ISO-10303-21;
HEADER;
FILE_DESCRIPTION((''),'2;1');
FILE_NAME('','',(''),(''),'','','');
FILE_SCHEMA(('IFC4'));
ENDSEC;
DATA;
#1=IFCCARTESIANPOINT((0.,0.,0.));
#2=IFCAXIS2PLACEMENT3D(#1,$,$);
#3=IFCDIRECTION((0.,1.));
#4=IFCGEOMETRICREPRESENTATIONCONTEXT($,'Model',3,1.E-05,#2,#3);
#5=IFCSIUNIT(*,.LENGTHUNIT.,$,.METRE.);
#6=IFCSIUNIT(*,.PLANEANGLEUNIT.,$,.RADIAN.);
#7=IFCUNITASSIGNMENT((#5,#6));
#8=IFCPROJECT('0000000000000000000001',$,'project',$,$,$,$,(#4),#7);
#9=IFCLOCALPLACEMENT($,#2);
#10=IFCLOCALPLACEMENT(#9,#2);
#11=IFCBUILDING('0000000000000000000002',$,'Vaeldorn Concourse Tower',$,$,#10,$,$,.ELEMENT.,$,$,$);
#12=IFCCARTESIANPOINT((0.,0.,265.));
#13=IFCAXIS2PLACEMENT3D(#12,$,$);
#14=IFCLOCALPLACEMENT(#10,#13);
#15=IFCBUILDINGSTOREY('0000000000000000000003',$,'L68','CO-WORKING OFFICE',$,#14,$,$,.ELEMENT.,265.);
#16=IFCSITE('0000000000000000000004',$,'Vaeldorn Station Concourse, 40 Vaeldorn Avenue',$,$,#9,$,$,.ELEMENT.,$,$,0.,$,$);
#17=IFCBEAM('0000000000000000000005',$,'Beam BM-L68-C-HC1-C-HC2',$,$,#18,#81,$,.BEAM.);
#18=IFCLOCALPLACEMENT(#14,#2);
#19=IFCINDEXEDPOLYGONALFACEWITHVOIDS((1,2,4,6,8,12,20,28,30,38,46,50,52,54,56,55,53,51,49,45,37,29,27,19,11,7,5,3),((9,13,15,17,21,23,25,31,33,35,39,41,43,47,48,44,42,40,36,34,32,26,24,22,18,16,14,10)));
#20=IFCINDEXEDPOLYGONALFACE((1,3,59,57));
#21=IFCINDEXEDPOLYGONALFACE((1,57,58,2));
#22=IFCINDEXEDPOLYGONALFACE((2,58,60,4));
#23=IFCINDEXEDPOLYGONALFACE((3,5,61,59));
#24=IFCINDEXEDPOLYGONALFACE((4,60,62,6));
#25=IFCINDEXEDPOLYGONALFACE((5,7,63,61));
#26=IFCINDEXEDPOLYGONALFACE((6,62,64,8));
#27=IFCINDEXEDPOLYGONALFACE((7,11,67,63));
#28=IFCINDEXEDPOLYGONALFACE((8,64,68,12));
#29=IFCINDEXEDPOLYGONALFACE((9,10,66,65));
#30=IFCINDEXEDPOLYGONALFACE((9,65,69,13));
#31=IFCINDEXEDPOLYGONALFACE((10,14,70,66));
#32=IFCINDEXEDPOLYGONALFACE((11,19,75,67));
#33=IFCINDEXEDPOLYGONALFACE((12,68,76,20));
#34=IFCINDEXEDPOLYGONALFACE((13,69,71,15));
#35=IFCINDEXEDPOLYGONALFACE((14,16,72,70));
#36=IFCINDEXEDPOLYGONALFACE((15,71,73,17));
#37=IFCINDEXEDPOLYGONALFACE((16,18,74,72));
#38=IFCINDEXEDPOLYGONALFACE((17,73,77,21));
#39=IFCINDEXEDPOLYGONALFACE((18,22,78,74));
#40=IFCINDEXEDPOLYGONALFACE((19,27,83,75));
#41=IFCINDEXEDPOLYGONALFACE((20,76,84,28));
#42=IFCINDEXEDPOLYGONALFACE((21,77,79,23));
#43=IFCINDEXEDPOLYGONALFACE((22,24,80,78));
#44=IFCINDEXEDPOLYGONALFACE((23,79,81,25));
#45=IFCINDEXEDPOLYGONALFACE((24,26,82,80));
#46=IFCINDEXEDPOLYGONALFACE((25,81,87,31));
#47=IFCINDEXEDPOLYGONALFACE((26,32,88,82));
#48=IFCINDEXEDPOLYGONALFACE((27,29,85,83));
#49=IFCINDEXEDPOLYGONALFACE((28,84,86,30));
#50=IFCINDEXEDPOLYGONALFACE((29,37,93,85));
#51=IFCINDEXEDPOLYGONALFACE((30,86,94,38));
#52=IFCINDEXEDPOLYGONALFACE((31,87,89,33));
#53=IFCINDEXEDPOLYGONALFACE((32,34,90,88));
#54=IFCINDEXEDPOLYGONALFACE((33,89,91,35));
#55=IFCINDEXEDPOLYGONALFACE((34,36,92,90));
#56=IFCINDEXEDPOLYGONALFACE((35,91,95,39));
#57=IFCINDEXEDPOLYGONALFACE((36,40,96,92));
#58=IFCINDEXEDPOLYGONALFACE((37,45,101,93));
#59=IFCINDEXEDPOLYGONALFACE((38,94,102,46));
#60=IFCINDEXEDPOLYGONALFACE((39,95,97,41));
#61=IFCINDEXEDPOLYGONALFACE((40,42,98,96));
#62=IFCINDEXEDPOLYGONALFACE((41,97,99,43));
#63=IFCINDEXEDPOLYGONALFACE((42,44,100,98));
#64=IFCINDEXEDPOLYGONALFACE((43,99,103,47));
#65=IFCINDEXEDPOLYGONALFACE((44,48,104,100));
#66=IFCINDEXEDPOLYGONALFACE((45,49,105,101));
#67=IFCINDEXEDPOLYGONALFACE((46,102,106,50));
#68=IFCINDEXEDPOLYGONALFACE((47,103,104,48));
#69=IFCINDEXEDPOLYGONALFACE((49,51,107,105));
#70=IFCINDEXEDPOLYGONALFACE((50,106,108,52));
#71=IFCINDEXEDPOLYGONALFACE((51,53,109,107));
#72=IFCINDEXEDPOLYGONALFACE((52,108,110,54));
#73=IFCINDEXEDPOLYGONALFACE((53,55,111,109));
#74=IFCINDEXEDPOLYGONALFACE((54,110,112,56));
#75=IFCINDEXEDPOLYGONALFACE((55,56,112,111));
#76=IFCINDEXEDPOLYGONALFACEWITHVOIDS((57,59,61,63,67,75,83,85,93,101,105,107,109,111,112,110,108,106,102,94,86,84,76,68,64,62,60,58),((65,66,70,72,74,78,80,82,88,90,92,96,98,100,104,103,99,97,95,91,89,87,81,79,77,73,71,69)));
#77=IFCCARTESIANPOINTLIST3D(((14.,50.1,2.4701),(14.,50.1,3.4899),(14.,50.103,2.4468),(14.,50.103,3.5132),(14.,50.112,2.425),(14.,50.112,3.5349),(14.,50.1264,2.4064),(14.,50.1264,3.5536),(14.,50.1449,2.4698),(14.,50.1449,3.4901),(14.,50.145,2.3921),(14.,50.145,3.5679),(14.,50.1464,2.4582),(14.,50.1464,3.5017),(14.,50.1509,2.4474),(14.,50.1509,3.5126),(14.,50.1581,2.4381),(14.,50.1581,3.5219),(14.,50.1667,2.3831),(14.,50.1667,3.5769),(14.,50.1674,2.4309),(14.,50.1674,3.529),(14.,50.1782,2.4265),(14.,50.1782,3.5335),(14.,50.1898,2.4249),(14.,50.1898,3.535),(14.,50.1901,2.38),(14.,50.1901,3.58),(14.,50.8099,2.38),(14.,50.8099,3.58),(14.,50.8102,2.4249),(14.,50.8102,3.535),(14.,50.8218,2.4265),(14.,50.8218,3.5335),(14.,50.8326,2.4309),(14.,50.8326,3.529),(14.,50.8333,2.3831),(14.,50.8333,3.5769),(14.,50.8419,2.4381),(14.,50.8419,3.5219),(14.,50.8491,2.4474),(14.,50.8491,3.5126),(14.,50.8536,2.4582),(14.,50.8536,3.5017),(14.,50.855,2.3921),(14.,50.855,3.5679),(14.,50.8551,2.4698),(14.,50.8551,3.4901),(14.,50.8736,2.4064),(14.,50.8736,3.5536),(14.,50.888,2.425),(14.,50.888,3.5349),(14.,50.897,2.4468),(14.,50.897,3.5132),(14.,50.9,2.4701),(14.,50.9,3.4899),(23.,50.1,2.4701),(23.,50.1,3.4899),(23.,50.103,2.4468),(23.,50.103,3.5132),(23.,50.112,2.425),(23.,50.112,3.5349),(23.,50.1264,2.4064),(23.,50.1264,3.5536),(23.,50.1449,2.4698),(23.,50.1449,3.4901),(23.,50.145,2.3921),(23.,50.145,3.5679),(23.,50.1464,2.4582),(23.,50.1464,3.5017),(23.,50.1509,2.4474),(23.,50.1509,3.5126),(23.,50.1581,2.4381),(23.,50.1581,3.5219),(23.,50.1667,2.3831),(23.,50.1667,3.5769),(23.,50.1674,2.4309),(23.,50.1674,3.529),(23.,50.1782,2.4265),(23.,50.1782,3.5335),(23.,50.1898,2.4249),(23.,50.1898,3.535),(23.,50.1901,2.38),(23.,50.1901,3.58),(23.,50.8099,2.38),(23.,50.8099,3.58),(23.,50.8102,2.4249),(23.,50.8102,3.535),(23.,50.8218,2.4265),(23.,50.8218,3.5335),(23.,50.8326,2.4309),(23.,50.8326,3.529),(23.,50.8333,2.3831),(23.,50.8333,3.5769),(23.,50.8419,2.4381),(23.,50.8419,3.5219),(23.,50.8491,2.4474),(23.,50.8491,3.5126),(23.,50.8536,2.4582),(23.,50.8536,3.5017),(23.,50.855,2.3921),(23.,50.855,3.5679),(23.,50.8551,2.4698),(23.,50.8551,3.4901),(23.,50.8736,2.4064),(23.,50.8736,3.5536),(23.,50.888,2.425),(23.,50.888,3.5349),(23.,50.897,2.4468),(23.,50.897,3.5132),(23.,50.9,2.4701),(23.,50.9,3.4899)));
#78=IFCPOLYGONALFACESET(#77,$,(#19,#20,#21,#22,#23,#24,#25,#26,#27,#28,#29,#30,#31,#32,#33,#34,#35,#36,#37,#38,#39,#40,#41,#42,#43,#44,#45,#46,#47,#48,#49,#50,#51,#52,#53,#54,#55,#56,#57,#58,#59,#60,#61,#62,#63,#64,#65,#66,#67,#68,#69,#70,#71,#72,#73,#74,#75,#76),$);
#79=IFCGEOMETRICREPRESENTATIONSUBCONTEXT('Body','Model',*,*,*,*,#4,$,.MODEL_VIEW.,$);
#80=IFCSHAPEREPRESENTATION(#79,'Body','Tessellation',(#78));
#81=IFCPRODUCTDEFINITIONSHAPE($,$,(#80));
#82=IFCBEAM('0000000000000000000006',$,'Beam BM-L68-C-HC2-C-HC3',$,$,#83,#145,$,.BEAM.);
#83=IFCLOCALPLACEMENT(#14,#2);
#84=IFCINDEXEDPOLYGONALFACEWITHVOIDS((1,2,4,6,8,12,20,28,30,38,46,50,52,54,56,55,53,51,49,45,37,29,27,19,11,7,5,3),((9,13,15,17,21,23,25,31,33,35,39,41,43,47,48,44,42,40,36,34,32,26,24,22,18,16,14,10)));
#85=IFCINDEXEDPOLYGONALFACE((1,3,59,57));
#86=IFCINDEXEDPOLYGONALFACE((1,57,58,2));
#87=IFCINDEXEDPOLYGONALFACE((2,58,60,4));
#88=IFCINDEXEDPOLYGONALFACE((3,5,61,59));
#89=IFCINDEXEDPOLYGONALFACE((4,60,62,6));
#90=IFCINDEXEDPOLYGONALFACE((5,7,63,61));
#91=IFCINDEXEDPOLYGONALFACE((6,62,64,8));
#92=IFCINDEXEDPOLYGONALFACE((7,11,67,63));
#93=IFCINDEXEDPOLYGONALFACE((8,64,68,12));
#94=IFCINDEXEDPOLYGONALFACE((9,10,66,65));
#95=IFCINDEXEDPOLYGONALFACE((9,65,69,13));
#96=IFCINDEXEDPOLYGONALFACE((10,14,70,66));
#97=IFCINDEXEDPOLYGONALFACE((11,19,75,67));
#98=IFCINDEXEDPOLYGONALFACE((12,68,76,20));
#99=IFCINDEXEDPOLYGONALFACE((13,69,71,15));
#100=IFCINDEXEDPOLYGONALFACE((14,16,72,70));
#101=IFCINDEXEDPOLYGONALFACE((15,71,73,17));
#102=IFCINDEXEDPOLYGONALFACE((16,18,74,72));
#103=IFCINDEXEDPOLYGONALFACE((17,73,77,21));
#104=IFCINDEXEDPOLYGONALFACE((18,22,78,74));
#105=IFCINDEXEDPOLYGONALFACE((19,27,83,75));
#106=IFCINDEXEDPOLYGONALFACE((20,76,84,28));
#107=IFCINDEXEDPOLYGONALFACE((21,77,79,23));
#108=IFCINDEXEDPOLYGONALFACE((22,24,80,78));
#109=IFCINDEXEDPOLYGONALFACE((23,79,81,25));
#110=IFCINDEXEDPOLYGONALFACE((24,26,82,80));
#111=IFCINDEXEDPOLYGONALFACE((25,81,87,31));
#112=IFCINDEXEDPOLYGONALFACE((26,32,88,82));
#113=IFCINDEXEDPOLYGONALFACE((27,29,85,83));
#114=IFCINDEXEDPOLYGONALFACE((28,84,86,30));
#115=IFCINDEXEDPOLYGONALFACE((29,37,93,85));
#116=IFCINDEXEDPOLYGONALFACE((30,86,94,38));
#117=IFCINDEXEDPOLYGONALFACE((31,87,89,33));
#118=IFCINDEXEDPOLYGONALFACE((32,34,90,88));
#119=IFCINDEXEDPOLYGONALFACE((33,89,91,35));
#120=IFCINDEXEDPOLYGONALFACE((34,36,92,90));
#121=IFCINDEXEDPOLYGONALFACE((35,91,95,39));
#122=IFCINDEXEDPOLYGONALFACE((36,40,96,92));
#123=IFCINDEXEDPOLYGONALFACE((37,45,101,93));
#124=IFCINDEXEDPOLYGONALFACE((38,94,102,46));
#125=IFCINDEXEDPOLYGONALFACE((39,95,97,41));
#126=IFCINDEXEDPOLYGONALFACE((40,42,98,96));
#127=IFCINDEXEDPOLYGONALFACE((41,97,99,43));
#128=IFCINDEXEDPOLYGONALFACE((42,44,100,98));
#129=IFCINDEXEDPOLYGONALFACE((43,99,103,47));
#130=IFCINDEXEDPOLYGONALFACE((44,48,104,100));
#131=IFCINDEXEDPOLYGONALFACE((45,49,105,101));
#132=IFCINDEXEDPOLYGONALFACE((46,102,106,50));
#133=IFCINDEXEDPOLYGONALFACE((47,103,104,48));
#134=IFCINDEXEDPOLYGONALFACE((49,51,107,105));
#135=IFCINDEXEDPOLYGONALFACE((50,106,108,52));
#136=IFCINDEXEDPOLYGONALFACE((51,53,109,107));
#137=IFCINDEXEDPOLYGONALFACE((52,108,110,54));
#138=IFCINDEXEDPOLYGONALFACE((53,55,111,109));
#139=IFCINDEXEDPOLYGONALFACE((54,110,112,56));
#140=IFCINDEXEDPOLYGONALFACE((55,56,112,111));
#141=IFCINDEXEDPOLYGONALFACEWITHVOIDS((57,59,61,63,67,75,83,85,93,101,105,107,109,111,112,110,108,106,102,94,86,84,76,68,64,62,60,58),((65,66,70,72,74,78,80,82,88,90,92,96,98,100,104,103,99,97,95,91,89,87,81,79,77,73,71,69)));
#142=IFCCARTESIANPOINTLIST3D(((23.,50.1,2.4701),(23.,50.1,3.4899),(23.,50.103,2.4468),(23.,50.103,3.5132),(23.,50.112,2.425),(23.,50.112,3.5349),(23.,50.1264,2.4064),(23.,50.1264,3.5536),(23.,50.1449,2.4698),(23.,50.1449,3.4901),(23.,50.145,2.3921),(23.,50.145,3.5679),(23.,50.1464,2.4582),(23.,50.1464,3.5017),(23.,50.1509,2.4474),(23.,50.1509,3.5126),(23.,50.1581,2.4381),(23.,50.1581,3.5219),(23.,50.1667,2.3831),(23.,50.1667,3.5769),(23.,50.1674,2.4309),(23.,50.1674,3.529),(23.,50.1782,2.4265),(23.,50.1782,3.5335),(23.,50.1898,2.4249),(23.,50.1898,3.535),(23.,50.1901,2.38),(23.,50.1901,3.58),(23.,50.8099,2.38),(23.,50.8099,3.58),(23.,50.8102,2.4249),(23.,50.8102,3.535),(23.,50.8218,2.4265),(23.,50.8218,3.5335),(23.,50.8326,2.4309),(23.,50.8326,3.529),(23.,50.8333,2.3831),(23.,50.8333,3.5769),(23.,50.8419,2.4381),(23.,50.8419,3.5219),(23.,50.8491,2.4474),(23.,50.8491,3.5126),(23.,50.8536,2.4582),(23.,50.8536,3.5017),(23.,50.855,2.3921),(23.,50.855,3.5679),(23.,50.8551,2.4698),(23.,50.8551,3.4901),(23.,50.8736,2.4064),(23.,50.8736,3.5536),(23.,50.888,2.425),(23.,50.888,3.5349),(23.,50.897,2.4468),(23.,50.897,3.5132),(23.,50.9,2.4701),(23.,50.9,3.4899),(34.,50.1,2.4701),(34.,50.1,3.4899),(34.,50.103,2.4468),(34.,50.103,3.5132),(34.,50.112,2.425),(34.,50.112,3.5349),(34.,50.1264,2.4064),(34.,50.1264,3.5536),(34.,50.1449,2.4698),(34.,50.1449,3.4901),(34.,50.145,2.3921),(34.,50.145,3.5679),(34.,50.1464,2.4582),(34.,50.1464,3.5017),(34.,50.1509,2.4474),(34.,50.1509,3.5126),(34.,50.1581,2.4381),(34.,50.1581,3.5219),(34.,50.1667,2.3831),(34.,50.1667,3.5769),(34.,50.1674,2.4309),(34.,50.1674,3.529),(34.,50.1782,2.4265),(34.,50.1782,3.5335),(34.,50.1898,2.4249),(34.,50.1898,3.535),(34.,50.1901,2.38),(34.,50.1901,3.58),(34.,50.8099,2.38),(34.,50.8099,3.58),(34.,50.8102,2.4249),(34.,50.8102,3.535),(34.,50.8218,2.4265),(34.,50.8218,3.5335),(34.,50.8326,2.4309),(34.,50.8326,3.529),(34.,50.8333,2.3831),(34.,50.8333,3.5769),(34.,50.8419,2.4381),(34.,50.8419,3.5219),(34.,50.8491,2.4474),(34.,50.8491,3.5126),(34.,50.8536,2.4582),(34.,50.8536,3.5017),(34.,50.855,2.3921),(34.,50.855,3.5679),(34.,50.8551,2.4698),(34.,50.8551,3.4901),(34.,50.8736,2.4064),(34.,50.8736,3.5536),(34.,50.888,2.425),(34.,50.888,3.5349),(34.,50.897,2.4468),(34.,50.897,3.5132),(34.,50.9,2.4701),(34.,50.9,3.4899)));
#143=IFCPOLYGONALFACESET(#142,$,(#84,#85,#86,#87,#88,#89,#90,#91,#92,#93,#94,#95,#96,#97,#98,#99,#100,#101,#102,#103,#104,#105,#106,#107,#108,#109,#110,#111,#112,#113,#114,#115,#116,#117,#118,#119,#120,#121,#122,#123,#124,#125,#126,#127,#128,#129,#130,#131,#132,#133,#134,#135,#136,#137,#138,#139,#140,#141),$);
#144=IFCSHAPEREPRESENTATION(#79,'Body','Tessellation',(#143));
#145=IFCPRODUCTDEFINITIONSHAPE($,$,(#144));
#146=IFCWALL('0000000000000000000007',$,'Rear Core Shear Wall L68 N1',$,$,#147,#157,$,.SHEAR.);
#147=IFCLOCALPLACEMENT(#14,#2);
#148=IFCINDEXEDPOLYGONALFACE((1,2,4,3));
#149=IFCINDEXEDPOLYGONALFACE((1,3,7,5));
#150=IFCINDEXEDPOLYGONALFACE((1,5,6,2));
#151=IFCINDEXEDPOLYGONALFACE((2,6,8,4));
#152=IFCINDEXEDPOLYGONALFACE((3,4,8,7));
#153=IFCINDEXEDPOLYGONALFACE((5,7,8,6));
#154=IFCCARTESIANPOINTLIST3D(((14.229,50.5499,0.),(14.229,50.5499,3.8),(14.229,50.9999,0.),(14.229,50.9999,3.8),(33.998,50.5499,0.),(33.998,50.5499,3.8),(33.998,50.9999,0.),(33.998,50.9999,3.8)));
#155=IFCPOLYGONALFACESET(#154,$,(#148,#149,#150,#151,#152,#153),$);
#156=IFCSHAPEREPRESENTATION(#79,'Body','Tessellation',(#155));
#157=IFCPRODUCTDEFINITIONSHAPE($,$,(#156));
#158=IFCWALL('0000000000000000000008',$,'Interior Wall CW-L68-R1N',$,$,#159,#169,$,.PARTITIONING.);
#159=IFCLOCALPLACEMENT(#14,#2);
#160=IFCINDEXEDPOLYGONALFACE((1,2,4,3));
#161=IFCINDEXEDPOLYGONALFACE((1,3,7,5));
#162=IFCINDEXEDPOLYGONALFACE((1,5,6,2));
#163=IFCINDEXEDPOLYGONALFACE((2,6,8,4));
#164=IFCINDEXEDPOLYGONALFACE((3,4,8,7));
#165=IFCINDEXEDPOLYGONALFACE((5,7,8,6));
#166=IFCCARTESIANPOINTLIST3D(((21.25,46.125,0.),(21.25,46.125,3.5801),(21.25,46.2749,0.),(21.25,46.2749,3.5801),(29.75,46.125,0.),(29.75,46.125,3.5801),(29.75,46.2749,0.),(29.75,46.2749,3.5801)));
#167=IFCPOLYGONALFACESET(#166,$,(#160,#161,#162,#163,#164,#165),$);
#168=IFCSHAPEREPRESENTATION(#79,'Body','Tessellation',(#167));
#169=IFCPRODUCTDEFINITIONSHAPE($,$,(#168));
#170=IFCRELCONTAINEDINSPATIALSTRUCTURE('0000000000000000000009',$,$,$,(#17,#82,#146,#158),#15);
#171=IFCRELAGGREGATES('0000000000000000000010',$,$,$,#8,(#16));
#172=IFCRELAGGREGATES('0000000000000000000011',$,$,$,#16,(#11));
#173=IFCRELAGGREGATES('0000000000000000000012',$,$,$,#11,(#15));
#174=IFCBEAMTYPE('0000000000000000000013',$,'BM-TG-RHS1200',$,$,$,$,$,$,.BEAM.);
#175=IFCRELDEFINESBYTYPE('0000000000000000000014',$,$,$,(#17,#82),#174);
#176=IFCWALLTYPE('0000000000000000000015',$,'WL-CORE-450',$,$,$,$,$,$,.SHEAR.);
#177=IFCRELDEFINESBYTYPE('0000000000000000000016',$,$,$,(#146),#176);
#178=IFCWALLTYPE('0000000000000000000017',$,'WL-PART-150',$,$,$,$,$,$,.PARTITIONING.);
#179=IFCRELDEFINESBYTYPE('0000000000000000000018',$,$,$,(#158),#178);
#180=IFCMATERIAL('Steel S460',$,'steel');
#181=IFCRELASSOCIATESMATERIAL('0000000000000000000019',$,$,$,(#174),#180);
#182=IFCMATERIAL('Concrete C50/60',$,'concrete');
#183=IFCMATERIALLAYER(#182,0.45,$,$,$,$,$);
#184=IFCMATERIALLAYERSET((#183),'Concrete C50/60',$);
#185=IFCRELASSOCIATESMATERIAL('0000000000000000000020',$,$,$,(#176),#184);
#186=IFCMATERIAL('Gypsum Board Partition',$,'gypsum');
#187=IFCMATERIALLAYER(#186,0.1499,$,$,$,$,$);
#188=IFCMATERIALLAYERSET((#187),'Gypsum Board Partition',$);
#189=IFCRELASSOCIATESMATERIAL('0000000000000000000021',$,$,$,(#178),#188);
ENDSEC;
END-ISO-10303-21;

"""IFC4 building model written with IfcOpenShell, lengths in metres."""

from ifc_helpers import new_model, si_unit, direction, frame, frame_2d, origin, origin_2d, place, context, subcontext, project, spatial, rectangle, hollow_rectangle, extrude, source, transform, mapped, material, layer, layer_set, material_profile, profile_set, type_object, element, save


model = new_model("IFC4")

# Units and contexts
model_context = context("Model", 3, precision=1e-05, world=origin(), true_north=direction((0.0, 1.0)))
body_context = subcontext(model_context, "Body", "Model", "MODEL_VIEW")
ifc_project = project(units=[si_unit("LENGTHUNIT", "METRE"), si_unit("PLANEANGLEUNIT", "RADIAN")], contexts=[model_context])

# Site, building, storey
site_placement = place(None, origin())
site = spatial("IfcSite", under=ifc_project, at=site_placement, Name="Vaeldorn Station Concourse, 40 Vaeldorn Avenue", CompositionType="ELEMENT", RefElevation=0.0)
building_placement = place(site_placement, origin())
building = spatial("IfcBuilding", under=site, at=building_placement, Name="Vaeldorn Concourse Tower", CompositionType="ELEMENT")
storey_placement = place(building_placement, frame((0.0, 0.0, 265.0)))
storey = spatial("IfcBuildingStorey", under=building, at=storey_placement, Name="L68", Description="CO-WORKING OFFICE", CompositionType="ELEMENT", Elevation=265.0)

# Shared definitions
ifc_material_1 = material(Name="Steel S460", Category="steel")

# Beams
ifc_material_profile_1 = material_profile(ifc_material_1, hollow_rectangle(XDim=0.8, YDim=1.2, WallThickness=0.0449, InnerFilletRadius=0.0449, OuterFilletRadius=0.0901, at=origin_2d()), Name="RHS 1200x800x45")
ifc_profile_set_1 = profile_set([ifc_material_profile_1], Name="Steel S460")
beam_type_1 = type_object("IfcBeamType", Name="BM-TG-RHS1200", PredefinedType="BEAM", material=ifc_profile_set_1)
shared_shape_1 = source(origin(), body_context, "Body", "SweptSolid", [
    extrude(hollow_rectangle(XDim=0.8, YDim=1.2, WallThickness=0.0449, InnerFilletRadius=0.0449, OuterFilletRadius=0.0901, at=origin_2d()), origin(), (0.0, 0.0, 1.0), 9.0),
])
beam_1_placement = place(storey_placement, frame((14.0, 50.5, 2.98), z_axis=(1.0, 0.0, 0.0), x_axis=(0.0, 1.0, 0.0)))
element("IfcBeam", 1, at=beam_1_placement, inside=storey, type_object=beam_type_1, Name="Beam BM-L68-C-HC1-C-HC2", PredefinedType="BEAM", context=body_context, shape_type="MappedRepresentation", body=[
    mapped(shared_shape_1, transform((0.0, 0.0, 0.0), scale=1.0)),
])
shared_shape_2 = source(origin(), body_context, "Body", "SweptSolid", [
    extrude(hollow_rectangle(XDim=0.8, YDim=1.2, WallThickness=0.0449, InnerFilletRadius=0.0449, OuterFilletRadius=0.0901, at=origin_2d()), origin(), (0.0, 0.0, 1.0), 11.0),
])
beam_2_placement = place(storey_placement, frame((23.0, 50.5, 2.98), z_axis=(1.0, 0.0, 0.0), x_axis=(0.0, 1.0, 0.0)))
element("IfcBeam", 2, at=beam_2_placement, inside=storey, type_object=beam_type_1, Name="Beam BM-L68-C-HC2-C-HC3", PredefinedType="BEAM", context=body_context, shape_type="MappedRepresentation", body=[
    mapped(shared_shape_2, transform((0.0, 0.0, 0.0), scale=1.0)),
])

# Walls
ifc_material_2 = material(Name="Concrete C50/60", Category="concrete")
ifc_layer_1 = layer(ifc_material_2, 0.45)
ifc_layer_set_1 = layer_set([ifc_layer_1], Name="Concrete C50/60")
wall_type_1 = type_object("IfcWallType", Name="WL-CORE-450", PredefinedType="SHEAR", material=ifc_layer_set_1)
wall_1_placement = place(storey_placement, frame((14.229, 50.7749, 0.0), z_axis=(0.0, 0.0, 1.0), x_axis=(1.0, 0.0, 0.0)))
element("IfcWall", 3, at=wall_1_placement, inside=storey, type_object=wall_type_1, Name="Rear Core Shear Wall L68 N1", PredefinedType="SHEAR", context=body_context, shape_type="SweptSolid", body=[
    extrude(rectangle(XDim=19.769, YDim=0.45, at=frame_2d((9.8845, 0.0))), origin(), (0.0, 0.0, 1.0), 3.8),
])
ifc_material_3 = material(Name="Gypsum Board Partition", Category="gypsum")
ifc_layer_2 = layer(ifc_material_3, 0.1499)
ifc_layer_set_2 = layer_set([ifc_layer_2], Name="Gypsum Board Partition")
wall_type_2 = type_object("IfcWallType", Name="WL-PART-150", PredefinedType="PARTITIONING", material=ifc_layer_set_2)
wall_2_placement = place(storey_placement, frame((21.25, 46.2, 0.0), z_axis=(0.0, 0.0, 1.0), x_axis=(1.0, 0.0, 0.0)))
element("IfcWall", 4, at=wall_2_placement, inside=storey, type_object=wall_type_2, Name="Interior Wall CW-L68-R1N", PredefinedType="PARTITIONING", context=body_context, shape_type="SweptSolid", body=[
    extrude(rectangle(XDim=8.5, YDim=0.1499, at=frame_2d((4.25, 0.0))), origin(), (0.0, 0.0, 1.0), 3.5801),
])

save(model, "model.ifc")
